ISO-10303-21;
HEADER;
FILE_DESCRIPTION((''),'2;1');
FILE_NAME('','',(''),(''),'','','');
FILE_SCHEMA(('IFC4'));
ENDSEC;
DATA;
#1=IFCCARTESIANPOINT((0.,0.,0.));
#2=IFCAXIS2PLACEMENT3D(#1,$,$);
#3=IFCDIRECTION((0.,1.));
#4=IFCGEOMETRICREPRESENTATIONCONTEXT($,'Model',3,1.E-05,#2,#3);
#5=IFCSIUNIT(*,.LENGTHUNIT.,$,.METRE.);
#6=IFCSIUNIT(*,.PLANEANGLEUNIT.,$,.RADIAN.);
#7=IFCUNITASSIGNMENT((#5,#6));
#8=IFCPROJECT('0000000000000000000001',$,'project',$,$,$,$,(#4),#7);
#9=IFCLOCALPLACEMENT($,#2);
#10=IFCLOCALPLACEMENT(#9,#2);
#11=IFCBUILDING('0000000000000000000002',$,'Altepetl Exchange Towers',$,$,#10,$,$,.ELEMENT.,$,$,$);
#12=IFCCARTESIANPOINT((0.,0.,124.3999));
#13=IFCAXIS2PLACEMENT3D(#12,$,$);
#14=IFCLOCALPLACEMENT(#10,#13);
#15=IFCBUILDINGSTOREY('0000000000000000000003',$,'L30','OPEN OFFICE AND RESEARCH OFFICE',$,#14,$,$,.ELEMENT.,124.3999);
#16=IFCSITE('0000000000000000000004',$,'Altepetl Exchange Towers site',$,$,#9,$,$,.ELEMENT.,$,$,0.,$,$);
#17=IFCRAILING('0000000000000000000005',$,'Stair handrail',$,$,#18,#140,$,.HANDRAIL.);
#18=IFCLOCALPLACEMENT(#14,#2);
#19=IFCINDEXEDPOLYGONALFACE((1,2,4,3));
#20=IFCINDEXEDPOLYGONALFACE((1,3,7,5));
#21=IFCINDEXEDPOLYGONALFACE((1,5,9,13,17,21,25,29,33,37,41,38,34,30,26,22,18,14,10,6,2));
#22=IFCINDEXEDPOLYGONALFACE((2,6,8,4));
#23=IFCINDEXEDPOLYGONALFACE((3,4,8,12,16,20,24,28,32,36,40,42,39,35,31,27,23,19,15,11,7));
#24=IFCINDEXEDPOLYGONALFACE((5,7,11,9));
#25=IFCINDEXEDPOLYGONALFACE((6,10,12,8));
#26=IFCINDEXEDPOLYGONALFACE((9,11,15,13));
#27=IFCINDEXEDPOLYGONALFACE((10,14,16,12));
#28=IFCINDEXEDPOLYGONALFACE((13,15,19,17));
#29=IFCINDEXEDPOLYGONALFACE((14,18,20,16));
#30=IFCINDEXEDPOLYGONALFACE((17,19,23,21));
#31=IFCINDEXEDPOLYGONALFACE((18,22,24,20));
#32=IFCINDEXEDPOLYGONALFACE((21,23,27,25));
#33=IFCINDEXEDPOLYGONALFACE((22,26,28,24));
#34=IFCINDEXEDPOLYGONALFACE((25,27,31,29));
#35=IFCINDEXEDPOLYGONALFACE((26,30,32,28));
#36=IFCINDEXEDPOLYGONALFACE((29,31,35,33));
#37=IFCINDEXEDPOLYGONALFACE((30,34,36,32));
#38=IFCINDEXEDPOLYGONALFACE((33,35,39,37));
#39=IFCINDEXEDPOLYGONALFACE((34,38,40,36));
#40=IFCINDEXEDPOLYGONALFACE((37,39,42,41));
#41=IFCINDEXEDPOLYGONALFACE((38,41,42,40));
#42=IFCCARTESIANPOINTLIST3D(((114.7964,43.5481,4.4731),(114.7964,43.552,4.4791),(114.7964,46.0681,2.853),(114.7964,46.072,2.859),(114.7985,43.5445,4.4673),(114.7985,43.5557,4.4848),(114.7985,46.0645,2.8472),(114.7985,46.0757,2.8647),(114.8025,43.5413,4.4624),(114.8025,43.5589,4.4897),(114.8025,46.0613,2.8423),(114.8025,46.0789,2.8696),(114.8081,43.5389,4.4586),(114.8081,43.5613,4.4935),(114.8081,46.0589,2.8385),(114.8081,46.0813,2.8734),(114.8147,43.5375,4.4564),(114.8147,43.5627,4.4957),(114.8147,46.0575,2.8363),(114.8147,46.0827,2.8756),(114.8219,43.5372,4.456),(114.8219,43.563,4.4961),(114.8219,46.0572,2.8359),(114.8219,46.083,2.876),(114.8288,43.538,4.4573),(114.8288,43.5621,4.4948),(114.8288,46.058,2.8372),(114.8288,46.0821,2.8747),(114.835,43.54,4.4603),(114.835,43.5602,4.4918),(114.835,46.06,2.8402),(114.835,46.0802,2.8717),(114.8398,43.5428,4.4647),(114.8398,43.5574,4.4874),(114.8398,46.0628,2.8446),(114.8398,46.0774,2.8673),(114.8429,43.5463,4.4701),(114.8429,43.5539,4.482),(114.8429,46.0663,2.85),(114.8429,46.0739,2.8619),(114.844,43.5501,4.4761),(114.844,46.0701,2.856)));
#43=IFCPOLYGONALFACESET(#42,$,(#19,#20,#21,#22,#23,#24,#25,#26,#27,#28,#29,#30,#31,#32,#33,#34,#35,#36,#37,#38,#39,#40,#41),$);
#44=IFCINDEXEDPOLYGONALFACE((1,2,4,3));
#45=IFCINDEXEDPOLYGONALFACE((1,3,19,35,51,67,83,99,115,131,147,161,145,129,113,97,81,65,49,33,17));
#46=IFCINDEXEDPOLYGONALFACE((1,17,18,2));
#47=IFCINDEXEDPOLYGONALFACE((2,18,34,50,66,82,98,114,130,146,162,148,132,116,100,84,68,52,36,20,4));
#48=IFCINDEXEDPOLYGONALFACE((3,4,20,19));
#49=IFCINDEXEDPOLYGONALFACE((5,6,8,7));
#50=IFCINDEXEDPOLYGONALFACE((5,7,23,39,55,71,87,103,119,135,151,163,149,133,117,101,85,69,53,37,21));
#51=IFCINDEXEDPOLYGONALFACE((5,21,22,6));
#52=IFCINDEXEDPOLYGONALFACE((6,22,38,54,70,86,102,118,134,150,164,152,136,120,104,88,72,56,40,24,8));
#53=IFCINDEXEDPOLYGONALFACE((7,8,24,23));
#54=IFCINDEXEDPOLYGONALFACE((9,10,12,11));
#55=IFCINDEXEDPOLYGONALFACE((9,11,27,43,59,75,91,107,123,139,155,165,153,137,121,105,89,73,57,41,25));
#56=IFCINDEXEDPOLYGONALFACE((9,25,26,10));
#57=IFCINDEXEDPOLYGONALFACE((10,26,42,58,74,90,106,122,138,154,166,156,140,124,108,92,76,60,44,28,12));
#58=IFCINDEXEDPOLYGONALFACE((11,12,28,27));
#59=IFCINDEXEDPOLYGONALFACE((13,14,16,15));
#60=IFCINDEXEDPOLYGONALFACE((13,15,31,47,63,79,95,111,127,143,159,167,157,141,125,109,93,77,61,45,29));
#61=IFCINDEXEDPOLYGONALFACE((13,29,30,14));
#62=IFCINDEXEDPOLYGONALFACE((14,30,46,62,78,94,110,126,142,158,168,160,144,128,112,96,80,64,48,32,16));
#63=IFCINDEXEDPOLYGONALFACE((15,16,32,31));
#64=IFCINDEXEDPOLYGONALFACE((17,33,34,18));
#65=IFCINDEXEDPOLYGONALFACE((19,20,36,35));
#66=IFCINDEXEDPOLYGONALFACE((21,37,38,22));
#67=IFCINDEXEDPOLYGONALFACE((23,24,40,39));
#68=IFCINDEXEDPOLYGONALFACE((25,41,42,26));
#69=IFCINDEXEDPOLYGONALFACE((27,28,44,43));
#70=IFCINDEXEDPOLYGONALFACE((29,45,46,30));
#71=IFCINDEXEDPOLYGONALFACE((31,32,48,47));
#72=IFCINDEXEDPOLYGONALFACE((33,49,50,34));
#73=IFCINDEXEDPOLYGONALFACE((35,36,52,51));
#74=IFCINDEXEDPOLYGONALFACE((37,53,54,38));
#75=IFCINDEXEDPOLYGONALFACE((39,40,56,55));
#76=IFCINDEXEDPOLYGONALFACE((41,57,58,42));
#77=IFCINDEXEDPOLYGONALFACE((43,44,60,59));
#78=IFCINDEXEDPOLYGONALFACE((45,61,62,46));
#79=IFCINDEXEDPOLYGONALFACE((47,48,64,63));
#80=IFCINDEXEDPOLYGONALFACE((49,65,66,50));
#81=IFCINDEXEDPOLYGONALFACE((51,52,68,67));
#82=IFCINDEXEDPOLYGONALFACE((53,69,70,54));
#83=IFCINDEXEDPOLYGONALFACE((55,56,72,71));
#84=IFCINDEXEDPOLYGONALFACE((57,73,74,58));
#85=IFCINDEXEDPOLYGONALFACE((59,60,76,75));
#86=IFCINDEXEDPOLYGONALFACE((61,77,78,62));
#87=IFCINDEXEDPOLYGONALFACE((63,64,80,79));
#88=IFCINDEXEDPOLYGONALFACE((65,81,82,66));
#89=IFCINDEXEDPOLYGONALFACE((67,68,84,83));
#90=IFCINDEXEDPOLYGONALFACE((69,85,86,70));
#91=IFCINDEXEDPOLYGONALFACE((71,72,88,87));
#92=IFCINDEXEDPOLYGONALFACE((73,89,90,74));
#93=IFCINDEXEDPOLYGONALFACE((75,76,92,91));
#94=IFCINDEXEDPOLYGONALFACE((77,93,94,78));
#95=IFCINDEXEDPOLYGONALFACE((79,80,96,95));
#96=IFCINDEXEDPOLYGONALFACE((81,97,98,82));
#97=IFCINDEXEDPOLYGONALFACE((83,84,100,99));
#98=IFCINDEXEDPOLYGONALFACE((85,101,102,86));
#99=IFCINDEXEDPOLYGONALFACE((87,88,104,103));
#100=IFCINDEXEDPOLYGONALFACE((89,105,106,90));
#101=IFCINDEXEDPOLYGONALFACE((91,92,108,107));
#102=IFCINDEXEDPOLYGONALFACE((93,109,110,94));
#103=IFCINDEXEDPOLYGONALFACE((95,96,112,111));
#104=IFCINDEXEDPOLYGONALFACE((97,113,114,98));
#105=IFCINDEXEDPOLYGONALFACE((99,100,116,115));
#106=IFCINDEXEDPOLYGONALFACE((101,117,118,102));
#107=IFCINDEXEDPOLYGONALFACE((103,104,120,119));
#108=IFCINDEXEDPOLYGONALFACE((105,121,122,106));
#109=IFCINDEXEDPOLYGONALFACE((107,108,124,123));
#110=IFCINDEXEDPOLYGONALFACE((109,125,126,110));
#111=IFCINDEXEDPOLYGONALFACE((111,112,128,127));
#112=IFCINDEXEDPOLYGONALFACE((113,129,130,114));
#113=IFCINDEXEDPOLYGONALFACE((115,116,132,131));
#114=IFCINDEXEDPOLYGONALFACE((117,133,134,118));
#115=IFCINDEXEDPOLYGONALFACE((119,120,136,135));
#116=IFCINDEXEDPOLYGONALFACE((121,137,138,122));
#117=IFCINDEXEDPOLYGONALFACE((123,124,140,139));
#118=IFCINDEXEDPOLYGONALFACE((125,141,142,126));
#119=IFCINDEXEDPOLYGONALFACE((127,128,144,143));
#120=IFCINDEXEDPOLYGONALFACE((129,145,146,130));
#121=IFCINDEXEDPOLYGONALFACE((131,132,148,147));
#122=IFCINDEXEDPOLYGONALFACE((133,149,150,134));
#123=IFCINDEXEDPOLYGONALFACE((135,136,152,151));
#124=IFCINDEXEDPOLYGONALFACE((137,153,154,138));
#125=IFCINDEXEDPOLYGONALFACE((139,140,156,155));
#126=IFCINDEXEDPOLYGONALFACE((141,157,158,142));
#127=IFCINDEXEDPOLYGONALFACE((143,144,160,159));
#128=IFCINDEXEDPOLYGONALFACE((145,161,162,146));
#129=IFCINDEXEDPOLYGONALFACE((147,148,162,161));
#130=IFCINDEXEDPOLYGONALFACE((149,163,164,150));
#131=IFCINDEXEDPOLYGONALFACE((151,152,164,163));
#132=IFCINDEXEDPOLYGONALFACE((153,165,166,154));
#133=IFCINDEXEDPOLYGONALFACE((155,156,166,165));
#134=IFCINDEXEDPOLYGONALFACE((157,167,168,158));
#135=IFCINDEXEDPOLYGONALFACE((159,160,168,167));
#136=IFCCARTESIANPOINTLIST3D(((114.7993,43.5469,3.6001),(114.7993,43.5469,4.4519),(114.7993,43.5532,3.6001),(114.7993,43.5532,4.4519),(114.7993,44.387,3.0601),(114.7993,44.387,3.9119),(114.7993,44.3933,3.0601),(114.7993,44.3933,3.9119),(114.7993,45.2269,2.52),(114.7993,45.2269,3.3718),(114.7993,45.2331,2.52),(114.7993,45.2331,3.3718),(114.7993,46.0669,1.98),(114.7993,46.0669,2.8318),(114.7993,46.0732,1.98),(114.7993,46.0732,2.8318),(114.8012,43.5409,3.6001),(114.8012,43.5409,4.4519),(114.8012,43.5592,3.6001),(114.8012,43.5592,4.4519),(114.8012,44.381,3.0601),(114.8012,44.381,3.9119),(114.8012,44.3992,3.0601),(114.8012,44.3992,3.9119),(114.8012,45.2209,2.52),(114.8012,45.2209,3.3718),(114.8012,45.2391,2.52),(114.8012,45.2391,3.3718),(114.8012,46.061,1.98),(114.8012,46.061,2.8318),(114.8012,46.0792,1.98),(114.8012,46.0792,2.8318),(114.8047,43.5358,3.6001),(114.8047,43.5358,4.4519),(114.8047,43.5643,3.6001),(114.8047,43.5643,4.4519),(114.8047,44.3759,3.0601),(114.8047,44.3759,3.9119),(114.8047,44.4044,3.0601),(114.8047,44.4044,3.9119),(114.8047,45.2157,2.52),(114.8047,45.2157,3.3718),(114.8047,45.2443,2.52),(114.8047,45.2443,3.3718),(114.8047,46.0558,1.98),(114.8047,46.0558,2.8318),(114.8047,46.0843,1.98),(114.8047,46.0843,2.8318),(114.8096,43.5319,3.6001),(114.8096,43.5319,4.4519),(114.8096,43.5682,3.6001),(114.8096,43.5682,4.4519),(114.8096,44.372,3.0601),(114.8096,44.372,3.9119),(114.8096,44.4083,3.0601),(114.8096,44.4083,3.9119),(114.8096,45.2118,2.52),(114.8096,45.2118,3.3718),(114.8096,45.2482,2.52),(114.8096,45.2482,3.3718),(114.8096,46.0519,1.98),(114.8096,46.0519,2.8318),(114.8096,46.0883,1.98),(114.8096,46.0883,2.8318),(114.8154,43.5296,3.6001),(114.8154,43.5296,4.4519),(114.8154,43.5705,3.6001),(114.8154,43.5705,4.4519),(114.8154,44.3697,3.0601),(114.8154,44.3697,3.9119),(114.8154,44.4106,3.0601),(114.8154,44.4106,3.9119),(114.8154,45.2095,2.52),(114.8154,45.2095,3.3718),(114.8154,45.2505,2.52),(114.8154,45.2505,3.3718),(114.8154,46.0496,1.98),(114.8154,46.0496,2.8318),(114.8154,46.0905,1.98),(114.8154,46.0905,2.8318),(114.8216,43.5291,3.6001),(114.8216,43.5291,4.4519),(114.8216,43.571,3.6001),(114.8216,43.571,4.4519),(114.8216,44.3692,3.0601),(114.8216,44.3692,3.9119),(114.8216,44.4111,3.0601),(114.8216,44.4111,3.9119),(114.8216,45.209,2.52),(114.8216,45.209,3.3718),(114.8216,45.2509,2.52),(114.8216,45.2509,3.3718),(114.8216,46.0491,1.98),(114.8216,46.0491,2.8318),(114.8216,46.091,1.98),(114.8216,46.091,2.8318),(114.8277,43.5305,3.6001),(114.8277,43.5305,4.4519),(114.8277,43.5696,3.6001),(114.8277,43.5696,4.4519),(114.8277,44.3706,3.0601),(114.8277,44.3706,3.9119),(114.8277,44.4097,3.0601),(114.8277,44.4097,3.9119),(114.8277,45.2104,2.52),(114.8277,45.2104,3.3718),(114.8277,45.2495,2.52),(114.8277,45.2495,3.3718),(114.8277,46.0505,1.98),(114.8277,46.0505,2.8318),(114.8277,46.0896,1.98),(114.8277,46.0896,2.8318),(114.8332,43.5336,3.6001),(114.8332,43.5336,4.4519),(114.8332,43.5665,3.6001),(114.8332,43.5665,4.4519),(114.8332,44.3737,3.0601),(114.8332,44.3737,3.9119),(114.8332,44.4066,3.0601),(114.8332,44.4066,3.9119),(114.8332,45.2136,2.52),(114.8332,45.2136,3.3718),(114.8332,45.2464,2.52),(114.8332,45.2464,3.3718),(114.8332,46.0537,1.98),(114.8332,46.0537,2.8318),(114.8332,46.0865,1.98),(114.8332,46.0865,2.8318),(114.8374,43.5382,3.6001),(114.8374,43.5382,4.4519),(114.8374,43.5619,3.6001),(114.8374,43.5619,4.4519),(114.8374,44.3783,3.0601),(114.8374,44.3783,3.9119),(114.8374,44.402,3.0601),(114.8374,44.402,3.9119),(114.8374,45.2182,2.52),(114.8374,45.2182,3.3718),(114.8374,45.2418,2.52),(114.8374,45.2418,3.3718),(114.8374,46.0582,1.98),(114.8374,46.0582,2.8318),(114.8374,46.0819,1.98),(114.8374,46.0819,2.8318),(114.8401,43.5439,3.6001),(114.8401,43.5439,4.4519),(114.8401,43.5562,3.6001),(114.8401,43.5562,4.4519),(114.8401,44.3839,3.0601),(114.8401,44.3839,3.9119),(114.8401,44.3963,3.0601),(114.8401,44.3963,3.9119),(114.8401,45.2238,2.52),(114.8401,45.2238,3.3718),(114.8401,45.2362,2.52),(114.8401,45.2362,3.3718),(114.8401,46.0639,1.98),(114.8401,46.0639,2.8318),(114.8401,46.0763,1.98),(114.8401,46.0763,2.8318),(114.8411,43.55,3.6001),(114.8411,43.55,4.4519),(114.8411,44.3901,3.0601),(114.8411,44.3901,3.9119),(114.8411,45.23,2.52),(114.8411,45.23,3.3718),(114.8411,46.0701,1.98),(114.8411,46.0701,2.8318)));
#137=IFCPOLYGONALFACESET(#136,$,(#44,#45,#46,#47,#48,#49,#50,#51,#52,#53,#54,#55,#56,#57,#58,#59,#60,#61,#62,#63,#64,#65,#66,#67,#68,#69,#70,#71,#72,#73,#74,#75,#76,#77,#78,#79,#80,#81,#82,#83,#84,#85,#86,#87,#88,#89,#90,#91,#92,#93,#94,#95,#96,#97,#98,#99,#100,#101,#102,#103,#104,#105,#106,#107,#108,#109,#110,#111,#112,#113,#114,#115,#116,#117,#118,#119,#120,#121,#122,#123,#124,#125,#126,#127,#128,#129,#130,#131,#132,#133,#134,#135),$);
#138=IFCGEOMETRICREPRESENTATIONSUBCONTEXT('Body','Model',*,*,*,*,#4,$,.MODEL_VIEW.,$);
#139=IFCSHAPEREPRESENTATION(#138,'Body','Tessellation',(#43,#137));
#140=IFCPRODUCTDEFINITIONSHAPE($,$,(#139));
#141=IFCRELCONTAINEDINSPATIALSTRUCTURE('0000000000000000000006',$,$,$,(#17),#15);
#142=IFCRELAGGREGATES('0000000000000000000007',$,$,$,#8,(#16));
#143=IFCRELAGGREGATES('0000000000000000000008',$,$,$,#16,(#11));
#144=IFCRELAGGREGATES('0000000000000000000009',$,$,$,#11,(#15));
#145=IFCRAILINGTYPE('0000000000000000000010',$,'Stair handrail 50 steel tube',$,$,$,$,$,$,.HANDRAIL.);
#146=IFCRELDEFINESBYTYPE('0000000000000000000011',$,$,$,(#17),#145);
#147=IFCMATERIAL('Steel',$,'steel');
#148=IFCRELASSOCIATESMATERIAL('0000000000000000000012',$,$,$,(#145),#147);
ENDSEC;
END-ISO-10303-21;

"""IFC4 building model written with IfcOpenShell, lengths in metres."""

from ifc_helpers import new_model, si_unit, direction, frame, origin, origin_2d, place, context, subcontext, project, spatial, circle, extrude, source, transform, mapped, material, type_object, element, save


model = new_model("IFC4")

# Units and contexts
model_context = context("Model", 3, precision=1e-05, world=origin(), true_north=direction((0.0, 1.0)))
body_context = subcontext(model_context, "Body", "Model", "MODEL_VIEW")
ifc_project = project(units=[si_unit("LENGTHUNIT", "METRE"), si_unit("PLANEANGLEUNIT", "RADIAN")], contexts=[model_context])

# Site, building, storey
site_placement = place(None, origin())
site = spatial("IfcSite", under=ifc_project, at=site_placement, Name="Altepetl Exchange Towers site", CompositionType="ELEMENT", RefElevation=0.0)
building_placement = place(site_placement, origin())
building = spatial("IfcBuilding", under=site, at=building_placement, Name="Altepetl Exchange Towers", CompositionType="ELEMENT")
storey_placement = place(building_placement, frame((0.0, 0.0, 124.3999)))
storey = spatial("IfcBuildingStorey", under=building, at=storey_placement, Name="L30", Description="OPEN OFFICE AND RESEARCH OFFICE", CompositionType="ELEMENT", Elevation=124.3999)

# Railing
ifc_material_1 = material(Name="Steel", Category="steel")
railing_type = type_object("IfcRailingType", Name="Stair handrail 50 steel tube", PredefinedType="HANDRAIL", material=ifc_material_1)
shared_shape = source(origin(), body_context, "Body", "SweptSolid", [
    extrude(circle(Radius=0.021, at=origin_2d()), origin(), (0.0, 0.0, 1.0), 0.8518),
])
railing_1_placement = place(storey_placement, frame((114.8201, 46.0701, 1.98)))
element("IfcRailing", 1, at=railing_1_placement, inside=storey, type_object=railing_type, Name="Stair handrail", PredefinedType="HANDRAIL", context=body_context, shape_type="SweptSolid", body=[
    extrude(circle(Radius=0.0239, at=origin_2d()), frame((0.0, 0.0, 0.876), z_axis=(0.0, -0.841163, 0.540782), x_axis=(1.0, 0.0, 0.0)), (0.0, 0.0, 1.0), 2.9958),
    mapped(shared_shape, transform((0.0, 0.0, 0.0))),
    mapped(shared_shape, transform((0.0, -0.8401, 0.54))),
    mapped(shared_shape, transform((0.0, -1.6799, 1.0801))),
    mapped(shared_shape, transform((0.0, -2.52, 1.6201))),
])

save(model, "model.ifc")
